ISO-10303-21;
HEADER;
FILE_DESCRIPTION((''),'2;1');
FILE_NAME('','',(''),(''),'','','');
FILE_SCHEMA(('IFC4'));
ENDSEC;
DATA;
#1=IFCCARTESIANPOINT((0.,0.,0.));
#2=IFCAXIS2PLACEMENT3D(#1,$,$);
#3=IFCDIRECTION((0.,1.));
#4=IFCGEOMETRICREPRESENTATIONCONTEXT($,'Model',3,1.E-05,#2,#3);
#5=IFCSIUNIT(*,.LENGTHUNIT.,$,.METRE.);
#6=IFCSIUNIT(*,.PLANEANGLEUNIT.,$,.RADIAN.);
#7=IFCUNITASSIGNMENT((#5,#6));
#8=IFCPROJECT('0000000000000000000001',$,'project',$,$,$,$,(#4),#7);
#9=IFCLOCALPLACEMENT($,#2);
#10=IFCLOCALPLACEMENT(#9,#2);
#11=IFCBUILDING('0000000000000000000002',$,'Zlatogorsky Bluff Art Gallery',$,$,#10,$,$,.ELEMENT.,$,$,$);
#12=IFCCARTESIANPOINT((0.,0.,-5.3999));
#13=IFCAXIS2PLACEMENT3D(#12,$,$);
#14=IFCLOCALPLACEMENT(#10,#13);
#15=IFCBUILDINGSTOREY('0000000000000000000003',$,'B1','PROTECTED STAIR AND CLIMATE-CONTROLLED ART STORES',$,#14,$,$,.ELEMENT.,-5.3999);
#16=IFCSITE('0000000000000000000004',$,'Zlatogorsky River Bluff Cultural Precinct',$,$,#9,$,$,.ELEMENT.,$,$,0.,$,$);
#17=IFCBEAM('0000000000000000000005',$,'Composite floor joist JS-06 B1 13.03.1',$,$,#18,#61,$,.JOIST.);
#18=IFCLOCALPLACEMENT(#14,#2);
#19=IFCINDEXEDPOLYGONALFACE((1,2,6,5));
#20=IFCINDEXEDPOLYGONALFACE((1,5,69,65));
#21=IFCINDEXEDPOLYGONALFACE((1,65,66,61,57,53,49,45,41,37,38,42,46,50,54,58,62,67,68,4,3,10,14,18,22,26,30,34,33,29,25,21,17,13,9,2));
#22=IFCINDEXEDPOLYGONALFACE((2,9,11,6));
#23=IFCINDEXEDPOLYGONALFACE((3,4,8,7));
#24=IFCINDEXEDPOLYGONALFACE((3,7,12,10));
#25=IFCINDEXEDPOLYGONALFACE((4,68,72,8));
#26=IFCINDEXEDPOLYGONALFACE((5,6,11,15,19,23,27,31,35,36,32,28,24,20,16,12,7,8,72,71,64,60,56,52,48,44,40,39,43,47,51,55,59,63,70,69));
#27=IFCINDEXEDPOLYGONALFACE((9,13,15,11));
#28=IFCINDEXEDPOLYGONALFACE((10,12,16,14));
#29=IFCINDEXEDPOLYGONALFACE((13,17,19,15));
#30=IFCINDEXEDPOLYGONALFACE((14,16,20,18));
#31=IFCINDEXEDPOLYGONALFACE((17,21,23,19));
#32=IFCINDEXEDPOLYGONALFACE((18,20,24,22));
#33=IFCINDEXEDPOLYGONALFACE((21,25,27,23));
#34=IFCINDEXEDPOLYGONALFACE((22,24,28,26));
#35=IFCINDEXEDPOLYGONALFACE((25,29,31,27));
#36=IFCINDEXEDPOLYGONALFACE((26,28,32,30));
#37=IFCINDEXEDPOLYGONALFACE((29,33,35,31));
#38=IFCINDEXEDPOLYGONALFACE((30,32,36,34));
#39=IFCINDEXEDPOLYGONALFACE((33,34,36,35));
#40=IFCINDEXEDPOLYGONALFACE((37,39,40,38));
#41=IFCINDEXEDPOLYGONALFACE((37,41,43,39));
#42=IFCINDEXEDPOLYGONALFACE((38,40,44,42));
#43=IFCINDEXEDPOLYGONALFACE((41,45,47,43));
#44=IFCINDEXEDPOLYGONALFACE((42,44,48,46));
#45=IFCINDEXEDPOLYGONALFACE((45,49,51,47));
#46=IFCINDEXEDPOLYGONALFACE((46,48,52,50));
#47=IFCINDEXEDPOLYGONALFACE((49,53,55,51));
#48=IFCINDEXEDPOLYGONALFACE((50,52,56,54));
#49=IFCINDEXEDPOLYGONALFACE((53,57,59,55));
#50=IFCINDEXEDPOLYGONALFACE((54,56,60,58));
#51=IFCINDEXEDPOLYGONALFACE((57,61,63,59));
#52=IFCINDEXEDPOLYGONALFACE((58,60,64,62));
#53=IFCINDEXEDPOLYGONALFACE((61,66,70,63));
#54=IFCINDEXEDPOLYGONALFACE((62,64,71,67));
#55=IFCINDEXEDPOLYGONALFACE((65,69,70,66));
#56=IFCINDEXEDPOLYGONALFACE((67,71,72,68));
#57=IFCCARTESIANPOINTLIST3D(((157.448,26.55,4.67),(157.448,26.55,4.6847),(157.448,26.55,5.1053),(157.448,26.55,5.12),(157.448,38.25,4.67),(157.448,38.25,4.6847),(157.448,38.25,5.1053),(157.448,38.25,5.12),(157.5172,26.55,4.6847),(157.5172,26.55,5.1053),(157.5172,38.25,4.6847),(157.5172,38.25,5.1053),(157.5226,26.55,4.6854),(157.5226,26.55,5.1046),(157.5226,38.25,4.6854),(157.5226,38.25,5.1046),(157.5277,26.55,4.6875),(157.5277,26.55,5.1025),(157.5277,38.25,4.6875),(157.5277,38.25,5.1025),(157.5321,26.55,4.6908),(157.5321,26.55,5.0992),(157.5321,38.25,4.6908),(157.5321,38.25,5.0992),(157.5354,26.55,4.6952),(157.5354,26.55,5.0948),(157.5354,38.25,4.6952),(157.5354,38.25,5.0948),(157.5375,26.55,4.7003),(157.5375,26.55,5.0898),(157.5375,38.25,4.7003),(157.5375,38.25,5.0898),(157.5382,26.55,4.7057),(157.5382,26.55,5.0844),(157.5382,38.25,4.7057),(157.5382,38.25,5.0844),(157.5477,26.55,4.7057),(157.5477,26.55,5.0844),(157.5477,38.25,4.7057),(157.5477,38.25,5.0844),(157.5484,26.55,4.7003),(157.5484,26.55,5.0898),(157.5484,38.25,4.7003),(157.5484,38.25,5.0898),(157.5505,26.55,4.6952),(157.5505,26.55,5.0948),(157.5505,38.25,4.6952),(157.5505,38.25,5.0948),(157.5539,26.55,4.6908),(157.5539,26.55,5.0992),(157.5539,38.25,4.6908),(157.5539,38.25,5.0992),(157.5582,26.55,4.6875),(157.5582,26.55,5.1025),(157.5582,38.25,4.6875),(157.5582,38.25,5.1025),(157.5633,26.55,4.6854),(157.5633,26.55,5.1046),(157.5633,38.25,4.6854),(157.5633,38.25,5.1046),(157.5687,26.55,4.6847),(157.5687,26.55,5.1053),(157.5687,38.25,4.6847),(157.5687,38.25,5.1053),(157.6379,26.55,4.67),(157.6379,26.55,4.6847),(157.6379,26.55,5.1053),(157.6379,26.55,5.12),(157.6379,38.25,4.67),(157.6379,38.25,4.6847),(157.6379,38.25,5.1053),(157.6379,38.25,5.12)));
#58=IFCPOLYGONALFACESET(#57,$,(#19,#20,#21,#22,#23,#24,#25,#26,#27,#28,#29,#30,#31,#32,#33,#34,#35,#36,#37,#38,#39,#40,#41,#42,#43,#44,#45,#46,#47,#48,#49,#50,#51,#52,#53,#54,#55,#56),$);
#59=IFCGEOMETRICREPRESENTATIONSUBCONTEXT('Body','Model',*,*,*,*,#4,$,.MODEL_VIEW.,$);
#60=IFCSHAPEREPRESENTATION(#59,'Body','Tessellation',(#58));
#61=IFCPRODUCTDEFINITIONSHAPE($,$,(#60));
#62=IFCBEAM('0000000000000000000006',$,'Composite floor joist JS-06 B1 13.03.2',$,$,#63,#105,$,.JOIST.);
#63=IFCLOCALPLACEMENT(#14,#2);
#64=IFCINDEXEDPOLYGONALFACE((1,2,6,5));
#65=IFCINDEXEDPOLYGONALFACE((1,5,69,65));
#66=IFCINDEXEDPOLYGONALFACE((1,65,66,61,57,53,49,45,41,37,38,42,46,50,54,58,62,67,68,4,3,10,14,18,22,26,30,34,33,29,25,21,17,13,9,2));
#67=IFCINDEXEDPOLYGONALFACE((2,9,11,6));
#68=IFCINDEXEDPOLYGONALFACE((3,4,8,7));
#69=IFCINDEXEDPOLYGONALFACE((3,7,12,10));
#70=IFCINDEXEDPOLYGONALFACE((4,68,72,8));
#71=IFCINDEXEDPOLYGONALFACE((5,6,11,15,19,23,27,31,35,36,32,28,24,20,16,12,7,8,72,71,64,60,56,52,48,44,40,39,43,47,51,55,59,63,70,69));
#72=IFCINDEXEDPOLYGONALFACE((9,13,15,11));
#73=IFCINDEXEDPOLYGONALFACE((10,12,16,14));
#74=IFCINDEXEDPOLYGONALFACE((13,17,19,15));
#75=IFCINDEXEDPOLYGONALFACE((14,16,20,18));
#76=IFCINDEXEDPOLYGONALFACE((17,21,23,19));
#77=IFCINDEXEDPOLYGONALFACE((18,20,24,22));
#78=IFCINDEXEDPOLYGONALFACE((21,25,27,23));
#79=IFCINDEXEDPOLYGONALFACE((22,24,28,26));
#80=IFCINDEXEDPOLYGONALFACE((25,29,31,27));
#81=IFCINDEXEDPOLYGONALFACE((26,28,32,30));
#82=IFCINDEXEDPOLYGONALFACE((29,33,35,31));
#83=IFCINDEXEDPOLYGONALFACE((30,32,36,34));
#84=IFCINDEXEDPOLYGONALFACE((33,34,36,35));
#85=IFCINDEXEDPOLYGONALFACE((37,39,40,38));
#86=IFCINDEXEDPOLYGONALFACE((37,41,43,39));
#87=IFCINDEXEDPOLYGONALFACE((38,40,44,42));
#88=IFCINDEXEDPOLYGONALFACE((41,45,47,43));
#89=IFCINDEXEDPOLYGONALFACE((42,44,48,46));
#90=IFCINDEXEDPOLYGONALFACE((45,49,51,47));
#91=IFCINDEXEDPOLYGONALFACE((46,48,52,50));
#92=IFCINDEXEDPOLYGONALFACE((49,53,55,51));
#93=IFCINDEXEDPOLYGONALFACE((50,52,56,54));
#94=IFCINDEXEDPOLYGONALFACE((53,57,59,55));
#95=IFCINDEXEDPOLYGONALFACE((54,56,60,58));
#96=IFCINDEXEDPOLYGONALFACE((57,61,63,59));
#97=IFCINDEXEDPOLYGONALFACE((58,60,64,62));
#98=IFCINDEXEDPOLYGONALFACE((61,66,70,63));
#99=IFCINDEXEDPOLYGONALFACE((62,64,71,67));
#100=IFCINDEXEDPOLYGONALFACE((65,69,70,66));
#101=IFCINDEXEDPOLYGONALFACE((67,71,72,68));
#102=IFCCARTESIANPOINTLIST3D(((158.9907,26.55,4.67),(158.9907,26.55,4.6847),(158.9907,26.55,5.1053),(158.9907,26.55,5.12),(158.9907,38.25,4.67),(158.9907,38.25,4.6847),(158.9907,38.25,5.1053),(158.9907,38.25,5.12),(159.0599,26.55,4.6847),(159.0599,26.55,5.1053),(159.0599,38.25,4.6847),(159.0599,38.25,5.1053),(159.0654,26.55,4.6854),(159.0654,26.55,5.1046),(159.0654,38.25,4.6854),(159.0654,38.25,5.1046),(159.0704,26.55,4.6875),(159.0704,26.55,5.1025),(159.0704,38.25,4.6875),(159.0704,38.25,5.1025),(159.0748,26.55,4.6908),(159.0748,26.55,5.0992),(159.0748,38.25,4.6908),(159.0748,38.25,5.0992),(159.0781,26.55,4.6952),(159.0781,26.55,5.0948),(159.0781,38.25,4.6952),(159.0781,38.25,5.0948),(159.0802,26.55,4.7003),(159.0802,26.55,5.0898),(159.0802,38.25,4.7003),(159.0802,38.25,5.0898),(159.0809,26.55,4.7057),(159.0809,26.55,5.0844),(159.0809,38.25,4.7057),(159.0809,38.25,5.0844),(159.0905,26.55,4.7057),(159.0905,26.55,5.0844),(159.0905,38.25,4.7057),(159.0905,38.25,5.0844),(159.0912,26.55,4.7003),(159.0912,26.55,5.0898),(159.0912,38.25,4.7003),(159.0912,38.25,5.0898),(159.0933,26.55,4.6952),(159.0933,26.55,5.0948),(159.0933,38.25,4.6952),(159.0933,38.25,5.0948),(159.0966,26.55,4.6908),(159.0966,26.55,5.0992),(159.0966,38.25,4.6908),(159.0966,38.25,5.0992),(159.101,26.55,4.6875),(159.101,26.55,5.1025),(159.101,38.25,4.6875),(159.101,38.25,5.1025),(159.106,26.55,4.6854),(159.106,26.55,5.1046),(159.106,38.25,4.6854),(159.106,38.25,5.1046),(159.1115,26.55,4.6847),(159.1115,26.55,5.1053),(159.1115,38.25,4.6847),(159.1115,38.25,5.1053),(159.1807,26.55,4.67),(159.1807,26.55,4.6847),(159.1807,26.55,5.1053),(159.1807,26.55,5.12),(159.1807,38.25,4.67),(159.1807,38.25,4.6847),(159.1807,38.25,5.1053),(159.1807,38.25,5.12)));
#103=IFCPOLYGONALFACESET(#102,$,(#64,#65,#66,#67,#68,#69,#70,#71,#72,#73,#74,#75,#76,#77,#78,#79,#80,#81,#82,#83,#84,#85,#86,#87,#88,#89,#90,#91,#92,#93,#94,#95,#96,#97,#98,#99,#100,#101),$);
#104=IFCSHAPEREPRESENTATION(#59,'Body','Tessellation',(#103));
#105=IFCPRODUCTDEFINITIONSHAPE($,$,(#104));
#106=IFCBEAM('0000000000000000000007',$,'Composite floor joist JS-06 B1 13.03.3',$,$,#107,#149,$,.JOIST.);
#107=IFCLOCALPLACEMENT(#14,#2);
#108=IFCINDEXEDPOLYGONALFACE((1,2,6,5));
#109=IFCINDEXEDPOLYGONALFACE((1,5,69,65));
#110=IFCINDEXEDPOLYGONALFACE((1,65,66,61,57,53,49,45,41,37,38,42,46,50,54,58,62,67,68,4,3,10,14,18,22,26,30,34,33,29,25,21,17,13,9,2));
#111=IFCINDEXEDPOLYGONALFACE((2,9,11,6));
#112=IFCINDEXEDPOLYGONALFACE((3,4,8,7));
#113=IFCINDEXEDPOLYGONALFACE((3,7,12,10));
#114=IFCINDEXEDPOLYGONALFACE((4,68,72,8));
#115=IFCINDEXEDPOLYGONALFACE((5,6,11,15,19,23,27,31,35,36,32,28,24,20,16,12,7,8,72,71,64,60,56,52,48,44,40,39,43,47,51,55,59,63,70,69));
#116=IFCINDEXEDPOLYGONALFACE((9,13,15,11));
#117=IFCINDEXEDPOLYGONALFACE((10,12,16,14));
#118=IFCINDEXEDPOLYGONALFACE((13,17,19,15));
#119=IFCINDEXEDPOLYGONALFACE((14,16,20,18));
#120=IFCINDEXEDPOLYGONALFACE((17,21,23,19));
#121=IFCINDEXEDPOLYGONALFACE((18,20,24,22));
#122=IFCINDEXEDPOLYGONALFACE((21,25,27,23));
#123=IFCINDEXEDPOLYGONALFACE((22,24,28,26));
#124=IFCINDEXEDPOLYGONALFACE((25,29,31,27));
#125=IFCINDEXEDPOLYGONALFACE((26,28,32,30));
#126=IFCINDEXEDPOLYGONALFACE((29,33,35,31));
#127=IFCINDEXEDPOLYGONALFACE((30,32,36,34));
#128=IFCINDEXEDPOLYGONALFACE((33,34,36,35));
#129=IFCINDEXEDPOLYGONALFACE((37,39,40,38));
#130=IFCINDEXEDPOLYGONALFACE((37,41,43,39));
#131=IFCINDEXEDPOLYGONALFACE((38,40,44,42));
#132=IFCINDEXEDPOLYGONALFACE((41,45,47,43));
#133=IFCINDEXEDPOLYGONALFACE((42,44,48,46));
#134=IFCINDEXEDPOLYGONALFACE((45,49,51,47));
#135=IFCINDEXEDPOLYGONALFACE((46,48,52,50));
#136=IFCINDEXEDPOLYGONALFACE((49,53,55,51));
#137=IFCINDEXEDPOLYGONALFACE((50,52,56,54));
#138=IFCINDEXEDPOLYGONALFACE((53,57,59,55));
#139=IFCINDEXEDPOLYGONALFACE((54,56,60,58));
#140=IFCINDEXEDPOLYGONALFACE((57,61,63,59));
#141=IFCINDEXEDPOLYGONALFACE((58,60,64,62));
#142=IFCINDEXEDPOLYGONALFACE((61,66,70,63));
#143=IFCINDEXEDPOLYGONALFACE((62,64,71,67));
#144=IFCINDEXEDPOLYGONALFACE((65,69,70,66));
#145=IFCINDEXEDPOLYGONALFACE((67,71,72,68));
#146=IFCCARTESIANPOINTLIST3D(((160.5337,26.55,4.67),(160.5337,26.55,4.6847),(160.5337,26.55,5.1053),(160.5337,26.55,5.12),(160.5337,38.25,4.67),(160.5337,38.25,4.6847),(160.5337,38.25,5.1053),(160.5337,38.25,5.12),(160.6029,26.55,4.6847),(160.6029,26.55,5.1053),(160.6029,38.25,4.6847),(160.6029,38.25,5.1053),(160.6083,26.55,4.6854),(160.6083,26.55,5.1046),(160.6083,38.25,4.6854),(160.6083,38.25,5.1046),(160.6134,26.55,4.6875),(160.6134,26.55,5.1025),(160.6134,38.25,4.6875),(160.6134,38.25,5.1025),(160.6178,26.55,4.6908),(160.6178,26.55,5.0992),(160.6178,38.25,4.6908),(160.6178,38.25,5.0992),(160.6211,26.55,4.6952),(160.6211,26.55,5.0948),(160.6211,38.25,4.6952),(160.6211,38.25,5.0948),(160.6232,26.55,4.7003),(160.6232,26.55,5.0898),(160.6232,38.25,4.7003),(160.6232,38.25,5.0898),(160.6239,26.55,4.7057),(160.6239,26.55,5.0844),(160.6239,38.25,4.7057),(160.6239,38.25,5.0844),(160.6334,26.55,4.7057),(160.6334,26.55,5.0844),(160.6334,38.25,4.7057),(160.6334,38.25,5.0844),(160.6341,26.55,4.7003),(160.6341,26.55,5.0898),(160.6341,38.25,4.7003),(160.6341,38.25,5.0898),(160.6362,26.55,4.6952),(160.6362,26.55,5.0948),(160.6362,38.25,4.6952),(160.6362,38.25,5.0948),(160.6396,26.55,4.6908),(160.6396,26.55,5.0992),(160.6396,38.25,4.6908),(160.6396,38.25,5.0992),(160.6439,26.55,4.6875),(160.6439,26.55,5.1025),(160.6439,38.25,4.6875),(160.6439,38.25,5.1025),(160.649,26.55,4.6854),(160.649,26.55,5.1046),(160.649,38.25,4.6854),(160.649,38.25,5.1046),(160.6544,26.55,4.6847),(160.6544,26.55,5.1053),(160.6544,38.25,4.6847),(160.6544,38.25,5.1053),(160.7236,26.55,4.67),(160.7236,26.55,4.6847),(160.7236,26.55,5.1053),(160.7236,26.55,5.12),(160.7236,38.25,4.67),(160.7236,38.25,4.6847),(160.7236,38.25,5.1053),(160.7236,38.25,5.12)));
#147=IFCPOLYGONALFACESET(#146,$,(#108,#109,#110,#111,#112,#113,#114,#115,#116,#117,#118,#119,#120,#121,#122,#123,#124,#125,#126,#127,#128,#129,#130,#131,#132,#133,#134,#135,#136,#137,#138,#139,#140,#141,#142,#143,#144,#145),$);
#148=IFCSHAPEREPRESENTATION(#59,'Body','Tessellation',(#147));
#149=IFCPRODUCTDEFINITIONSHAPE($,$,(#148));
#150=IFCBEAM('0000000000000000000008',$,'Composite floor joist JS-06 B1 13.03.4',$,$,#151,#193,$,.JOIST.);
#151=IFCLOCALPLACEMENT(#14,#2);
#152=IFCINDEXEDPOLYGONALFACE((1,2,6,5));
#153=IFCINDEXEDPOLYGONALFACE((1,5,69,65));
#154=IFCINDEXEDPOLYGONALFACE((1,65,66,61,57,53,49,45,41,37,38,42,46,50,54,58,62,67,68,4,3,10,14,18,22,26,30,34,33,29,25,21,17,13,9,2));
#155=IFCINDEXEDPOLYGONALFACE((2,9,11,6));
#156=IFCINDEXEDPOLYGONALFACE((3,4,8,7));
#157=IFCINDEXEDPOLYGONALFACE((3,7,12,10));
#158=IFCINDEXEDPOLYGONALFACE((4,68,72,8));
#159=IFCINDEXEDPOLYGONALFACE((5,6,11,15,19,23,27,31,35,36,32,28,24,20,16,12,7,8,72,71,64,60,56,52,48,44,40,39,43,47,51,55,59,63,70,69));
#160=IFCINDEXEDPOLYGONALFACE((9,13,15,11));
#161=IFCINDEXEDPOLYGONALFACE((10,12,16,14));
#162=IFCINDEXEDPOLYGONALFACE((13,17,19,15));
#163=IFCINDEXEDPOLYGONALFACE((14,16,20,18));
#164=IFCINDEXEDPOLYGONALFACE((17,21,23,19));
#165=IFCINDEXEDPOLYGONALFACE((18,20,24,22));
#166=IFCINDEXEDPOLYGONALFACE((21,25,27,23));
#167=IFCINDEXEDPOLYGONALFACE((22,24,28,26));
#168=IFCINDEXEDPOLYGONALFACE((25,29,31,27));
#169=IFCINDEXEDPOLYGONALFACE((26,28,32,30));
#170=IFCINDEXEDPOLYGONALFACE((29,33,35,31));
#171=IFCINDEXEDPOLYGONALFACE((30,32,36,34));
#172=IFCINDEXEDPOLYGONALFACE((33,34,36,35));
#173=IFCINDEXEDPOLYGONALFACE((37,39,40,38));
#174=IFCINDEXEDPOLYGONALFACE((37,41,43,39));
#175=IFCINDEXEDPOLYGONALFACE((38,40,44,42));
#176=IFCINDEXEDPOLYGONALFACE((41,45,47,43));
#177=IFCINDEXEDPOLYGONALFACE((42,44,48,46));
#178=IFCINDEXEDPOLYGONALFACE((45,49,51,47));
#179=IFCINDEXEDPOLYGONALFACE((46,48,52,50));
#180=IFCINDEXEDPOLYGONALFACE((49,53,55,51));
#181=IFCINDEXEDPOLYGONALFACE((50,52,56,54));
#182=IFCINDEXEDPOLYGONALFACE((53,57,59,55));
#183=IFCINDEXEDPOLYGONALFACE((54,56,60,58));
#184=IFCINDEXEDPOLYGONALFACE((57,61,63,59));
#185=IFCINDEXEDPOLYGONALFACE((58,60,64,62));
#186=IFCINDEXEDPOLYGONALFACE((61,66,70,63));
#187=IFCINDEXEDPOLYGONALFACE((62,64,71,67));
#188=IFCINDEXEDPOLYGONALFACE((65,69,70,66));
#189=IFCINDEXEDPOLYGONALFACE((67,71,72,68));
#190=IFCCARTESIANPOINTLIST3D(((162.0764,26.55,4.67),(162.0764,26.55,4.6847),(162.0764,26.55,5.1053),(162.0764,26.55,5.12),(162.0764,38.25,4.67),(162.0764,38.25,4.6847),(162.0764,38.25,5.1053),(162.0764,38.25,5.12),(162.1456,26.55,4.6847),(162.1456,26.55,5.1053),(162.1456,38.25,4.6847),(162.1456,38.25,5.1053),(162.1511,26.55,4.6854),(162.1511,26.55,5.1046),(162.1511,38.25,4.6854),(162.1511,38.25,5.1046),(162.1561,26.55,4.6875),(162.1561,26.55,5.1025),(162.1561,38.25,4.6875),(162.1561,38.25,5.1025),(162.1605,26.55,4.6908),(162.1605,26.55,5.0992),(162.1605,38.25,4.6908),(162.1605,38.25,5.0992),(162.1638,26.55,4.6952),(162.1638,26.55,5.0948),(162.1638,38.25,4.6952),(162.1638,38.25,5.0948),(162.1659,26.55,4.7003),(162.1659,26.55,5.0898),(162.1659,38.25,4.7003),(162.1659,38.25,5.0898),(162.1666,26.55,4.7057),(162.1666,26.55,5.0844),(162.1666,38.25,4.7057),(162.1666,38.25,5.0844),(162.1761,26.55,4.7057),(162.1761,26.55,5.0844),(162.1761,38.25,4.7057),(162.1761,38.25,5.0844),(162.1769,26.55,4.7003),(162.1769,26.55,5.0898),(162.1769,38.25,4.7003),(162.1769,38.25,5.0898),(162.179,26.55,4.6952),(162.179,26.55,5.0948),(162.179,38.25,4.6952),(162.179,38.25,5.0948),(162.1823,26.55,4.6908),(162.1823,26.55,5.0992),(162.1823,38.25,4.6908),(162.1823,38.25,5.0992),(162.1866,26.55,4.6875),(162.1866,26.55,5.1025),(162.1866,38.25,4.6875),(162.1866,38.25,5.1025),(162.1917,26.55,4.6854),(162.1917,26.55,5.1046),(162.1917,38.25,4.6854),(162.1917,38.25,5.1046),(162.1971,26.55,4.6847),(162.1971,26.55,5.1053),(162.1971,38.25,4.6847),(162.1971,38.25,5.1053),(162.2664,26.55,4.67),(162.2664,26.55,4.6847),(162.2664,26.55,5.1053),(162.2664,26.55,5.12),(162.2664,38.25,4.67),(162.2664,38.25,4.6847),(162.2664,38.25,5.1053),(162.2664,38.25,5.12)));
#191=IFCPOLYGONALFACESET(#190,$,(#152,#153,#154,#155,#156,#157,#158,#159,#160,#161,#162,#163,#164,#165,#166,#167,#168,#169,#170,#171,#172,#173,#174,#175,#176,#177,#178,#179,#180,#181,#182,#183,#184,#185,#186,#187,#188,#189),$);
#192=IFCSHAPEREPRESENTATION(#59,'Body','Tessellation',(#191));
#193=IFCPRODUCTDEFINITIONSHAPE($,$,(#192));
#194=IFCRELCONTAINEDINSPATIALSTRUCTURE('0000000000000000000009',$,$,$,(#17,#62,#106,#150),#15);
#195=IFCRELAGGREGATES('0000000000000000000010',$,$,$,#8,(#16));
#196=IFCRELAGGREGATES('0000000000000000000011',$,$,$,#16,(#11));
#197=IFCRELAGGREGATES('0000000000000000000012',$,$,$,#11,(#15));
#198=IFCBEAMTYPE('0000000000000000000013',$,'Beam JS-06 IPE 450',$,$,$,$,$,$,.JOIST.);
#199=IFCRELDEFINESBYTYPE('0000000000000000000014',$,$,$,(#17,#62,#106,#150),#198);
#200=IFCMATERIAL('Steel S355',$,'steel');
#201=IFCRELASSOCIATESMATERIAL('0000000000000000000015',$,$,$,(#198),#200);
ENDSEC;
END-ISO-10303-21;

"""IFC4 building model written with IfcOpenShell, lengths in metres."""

from ifc_helpers import new_model, si_unit, direction, frame, origin, origin_2d, place, context, subcontext, project, spatial, i_section, extrude, material, material_profile, profile_set, type_object, element, save


model = new_model("IFC4")

# Units and contexts
model_context = context("Model", 3, precision=1e-05, world=origin(), true_north=direction((0.0, 1.0)))
body_context = subcontext(model_context, "Body", "Model", "MODEL_VIEW")
ifc_project = project(units=[si_unit("LENGTHUNIT", "METRE"), si_unit("PLANEANGLEUNIT", "RADIAN")], contexts=[model_context])

# Site, building, storey
site_placement = place(None, origin())
site = spatial("IfcSite", under=ifc_project, at=site_placement, Name="Zlatogorsky River Bluff Cultural Precinct", CompositionType="ELEMENT", RefElevation=0.0)
building_placement = place(site_placement, origin())
building = spatial("IfcBuilding", under=site, at=building_placement, Name="Zlatogorsky Bluff Art Gallery", CompositionType="ELEMENT")
storey_placement = place(building_placement, frame((0.0, 0.0, -5.3999)))
storey = spatial("IfcBuildingStorey", under=building, at=storey_placement, Name="B1", Description="PROTECTED STAIR AND CLIMATE-CONTROLLED ART STORES", CompositionType="ELEMENT", Elevation=-5.3999)

# Beams
ifc_material_1 = material(Name="Steel S355", Category="steel")
ifc_material_profile_1 = material_profile(ifc_material_1, i_section(OverallWidth=0.1899, OverallDepth=0.45, WebThickness=0.0095, FlangeThickness=0.0146, FilletRadius=0.021, at=origin_2d()), Name="IPE 450")
ifc_profile_set_1 = profile_set([ifc_material_profile_1], Name="Steel S355")
beam_type_1 = type_object("IfcBeamType", Name="Beam JS-06 IPE 450", PredefinedType="JOIST", material=ifc_profile_set_1)
for number, where, z_axis, x_axis, name in (
    (1, (157.543, 26.55, 4.895), (0.0, 1.0, 0.0), (-1.0, 0.0, 0.0), "Composite floor joist JS-06 B1 13.03.1"),
    (2, (159.0857, 26.55, 4.895), (0.0, 1.0, 0.0), (-1.0, 0.0, 0.0), "Composite floor joist JS-06 B1 13.03.2"),
    (3, (160.6287, 26.55, 4.895), (0.0, 1.0, 0.0), (-1.0, 0.0, 0.0), "Composite floor joist JS-06 B1 13.03.3"),
    (4, (162.1714, 26.55, 4.895), (0.0, 1.0, 0.0), (-1.0, 0.0, 0.0), "Composite floor joist JS-06 B1 13.03.4"),
):
    element("IfcBeam", number, at=place(storey_placement, frame(where, z_axis=z_axis, x_axis=x_axis)), inside=storey, type_object=beam_type_1, Name=name, PredefinedType="JOIST", context=body_context, shape_type="SweptSolid", body=[
        extrude(i_section(OverallWidth=0.1899, OverallDepth=0.45, WebThickness=0.0095, FlangeThickness=0.0146, FilletRadius=0.021, at=origin_2d()), origin(), (0.0, 0.0, 1.0), 11.7),
    ])

save(model, "model.ifc")
